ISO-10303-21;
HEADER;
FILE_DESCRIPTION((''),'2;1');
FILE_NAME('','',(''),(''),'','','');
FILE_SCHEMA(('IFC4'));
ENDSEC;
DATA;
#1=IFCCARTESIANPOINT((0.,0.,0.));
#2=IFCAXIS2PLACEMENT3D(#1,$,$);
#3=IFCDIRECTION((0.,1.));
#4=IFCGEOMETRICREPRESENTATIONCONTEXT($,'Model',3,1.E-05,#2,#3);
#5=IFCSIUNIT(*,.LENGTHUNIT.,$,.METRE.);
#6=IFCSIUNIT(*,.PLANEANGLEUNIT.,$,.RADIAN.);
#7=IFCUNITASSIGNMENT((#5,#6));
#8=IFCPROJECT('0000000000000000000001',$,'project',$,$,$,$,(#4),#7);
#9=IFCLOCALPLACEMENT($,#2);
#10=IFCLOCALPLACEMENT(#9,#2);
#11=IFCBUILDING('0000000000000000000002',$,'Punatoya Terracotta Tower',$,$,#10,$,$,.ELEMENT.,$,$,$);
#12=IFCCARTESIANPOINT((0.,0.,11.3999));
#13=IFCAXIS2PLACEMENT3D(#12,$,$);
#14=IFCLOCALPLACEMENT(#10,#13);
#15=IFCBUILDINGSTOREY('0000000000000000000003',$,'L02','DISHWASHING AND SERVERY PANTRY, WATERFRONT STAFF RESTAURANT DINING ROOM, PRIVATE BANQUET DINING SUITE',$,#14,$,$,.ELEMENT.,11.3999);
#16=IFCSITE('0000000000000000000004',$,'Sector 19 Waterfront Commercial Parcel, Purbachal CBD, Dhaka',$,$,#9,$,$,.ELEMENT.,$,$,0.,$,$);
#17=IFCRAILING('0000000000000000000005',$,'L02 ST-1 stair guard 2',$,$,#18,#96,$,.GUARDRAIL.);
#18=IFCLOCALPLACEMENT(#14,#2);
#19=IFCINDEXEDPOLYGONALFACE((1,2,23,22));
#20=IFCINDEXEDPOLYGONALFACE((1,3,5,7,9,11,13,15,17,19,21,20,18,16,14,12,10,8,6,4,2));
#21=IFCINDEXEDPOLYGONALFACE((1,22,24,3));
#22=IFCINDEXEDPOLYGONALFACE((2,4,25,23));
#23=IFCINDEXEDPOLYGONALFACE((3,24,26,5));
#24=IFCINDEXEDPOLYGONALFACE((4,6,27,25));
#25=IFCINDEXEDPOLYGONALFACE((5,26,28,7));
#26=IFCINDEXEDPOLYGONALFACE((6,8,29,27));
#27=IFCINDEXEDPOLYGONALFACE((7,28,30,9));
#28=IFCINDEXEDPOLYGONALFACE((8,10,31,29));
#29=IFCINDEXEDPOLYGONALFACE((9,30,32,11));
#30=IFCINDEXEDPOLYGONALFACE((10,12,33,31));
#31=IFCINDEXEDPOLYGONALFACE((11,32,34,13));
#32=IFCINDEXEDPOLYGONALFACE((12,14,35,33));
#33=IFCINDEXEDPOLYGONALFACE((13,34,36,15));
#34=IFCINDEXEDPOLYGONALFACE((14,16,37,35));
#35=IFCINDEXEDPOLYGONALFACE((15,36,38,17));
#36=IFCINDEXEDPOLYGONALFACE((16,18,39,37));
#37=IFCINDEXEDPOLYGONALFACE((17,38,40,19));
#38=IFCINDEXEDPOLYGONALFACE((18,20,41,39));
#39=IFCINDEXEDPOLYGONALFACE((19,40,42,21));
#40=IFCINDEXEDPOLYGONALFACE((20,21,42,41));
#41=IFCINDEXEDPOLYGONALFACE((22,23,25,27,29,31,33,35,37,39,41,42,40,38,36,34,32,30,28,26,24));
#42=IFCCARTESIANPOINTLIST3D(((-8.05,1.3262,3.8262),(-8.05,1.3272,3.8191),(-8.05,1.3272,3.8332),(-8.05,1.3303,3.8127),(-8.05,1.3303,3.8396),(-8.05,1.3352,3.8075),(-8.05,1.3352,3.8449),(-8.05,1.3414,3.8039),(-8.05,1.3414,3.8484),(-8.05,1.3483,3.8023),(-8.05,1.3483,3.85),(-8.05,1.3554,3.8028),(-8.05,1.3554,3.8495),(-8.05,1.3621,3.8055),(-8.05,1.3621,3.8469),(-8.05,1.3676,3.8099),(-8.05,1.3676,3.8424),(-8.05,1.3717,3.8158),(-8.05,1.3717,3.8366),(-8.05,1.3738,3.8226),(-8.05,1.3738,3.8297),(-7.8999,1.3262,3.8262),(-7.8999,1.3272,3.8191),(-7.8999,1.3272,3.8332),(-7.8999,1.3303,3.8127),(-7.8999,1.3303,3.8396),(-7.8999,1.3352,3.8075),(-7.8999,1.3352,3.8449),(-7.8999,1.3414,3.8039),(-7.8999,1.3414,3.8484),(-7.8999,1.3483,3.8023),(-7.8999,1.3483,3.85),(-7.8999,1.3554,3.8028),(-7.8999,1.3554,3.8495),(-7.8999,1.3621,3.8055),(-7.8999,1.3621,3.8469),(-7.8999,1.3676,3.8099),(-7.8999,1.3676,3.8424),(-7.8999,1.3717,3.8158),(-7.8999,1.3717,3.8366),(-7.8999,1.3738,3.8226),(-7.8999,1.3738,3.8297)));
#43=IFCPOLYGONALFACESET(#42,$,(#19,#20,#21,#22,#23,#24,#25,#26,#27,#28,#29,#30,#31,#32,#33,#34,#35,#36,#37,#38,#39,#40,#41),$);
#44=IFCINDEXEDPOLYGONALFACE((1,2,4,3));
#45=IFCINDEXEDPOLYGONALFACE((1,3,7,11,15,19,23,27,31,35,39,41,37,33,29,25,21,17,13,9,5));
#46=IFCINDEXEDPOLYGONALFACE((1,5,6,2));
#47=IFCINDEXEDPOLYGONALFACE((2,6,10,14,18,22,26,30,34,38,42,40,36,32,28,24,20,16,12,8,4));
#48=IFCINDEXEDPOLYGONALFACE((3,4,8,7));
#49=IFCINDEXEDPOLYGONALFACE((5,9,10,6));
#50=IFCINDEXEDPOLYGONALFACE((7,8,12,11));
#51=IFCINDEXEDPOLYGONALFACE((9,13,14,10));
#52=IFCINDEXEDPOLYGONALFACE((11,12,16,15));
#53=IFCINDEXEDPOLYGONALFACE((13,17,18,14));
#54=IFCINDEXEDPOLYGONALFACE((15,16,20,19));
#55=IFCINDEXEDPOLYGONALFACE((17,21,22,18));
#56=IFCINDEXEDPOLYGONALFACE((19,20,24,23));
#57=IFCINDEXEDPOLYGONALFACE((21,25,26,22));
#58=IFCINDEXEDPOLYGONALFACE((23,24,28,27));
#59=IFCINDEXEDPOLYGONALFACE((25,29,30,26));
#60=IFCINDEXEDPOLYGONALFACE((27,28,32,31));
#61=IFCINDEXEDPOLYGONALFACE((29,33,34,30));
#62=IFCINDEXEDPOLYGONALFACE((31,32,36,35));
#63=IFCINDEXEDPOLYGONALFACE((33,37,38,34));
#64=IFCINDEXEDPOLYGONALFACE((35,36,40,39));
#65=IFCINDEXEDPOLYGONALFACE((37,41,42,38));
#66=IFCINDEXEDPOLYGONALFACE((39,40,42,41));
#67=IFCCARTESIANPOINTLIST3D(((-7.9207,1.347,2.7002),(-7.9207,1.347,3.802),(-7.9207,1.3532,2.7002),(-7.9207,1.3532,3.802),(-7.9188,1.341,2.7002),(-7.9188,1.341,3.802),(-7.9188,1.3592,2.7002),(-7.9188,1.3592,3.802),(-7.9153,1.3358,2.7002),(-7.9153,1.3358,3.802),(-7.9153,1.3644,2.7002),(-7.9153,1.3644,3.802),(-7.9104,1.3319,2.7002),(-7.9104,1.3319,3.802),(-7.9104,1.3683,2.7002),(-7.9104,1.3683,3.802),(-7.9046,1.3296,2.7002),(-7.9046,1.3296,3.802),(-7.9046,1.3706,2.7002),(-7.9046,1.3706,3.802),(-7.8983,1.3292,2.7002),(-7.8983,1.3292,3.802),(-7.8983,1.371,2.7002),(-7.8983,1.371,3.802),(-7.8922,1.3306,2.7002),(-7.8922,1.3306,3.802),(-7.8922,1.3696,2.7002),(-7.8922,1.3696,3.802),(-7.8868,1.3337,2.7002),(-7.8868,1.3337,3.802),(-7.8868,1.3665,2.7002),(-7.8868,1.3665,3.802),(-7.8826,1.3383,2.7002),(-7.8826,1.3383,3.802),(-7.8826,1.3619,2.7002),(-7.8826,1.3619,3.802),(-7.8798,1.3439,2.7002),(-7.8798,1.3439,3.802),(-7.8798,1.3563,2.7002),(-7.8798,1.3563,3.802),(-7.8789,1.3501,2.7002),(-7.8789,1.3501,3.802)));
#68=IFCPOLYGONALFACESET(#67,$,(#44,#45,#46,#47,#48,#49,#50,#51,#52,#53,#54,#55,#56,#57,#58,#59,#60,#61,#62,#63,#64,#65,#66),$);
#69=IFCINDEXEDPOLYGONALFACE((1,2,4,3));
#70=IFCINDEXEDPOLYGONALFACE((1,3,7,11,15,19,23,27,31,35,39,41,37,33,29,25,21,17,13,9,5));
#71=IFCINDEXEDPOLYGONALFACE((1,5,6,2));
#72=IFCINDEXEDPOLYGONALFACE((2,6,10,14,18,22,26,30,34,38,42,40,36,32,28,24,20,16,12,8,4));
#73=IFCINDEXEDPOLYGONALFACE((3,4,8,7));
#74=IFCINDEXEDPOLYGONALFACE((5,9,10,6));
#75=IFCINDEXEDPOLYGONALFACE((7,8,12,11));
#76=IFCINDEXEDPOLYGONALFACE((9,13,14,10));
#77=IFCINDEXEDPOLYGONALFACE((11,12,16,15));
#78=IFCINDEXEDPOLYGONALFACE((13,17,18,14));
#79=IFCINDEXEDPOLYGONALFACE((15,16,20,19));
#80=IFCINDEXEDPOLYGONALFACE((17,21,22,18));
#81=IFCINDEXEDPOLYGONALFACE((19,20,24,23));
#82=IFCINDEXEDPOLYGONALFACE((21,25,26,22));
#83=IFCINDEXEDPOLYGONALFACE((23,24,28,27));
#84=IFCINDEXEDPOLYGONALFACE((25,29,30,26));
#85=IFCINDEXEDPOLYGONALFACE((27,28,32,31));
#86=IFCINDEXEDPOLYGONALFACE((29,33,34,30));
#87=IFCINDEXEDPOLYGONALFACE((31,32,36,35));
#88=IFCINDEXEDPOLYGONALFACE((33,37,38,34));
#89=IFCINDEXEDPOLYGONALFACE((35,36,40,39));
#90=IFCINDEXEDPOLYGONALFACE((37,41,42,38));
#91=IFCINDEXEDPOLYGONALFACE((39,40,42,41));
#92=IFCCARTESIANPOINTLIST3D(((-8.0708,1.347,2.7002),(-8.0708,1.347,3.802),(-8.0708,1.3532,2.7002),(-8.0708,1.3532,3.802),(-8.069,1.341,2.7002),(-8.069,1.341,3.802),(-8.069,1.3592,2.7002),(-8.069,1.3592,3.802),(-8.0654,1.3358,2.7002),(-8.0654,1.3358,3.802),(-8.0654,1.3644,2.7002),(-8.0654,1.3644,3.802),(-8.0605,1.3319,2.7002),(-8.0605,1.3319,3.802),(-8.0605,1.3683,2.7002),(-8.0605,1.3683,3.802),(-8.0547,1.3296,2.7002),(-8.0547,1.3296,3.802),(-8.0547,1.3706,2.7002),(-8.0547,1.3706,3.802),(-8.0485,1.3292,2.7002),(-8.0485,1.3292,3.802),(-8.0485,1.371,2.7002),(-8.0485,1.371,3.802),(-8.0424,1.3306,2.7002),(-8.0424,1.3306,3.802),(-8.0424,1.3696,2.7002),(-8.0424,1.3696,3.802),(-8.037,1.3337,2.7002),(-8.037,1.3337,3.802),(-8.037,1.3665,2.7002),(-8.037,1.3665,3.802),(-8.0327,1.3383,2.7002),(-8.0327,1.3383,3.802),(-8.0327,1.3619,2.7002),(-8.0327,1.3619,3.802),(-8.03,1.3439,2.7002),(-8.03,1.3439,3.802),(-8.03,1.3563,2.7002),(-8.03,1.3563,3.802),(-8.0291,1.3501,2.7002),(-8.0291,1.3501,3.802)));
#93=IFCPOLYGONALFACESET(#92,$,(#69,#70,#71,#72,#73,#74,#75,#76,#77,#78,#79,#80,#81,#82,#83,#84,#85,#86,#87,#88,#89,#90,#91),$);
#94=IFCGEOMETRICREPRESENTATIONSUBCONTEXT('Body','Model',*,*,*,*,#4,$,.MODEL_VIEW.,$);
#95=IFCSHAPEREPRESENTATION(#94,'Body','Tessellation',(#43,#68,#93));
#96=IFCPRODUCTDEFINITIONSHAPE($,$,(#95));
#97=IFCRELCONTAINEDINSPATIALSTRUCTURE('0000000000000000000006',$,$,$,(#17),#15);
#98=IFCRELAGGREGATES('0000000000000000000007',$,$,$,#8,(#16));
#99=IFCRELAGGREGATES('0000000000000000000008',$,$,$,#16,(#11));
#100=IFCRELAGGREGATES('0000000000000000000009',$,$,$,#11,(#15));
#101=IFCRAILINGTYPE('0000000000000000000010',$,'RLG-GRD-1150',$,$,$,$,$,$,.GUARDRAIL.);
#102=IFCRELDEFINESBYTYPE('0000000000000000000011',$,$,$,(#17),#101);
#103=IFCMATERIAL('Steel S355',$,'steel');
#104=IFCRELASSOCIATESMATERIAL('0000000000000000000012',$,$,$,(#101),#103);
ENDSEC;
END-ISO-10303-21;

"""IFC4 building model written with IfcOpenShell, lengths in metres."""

from ifc_helpers import new_model, si_unit, direction, frame, origin, origin_2d, place, context, subcontext, project, spatial, circle, extrude, material, type_object, element, save


model = new_model("IFC4")

# Units and contexts
model_context = context("Model", 3, precision=1e-05, world=origin(), true_north=direction((0.0, 1.0)))
body_context = subcontext(model_context, "Body", "Model", "MODEL_VIEW")
ifc_project = project(units=[si_unit("LENGTHUNIT", "METRE"), si_unit("PLANEANGLEUNIT", "RADIAN")], contexts=[model_context])

# Site, building, storey
site_placement = place(None, origin())
site = spatial("IfcSite", under=ifc_project, at=site_placement, Name="Sector 19 Waterfront Commercial Parcel, Purbachal CBD, Dhaka", CompositionType="ELEMENT", RefElevation=0.0)
building_placement = place(site_placement, origin())
building = spatial("IfcBuilding", under=site, at=building_placement, Name="Punatoya Terracotta Tower", CompositionType="ELEMENT")
storey_placement = place(building_placement, frame((0.0, 0.0, 11.3999)))
storey = spatial("IfcBuildingStorey", under=building, at=storey_placement, Name="L02", Description="DISHWASHING AND SERVERY PANTRY, WATERFRONT STAFF RESTAURANT DINING ROOM, PRIVATE BANQUET DINING SUITE", CompositionType="ELEMENT", Elevation=11.3999)

# Shared definitions
ifc_material_1 = material(Name="Steel S355", Category="steel")

# Railing
railing_type_1 = type_object("IfcRailingType", Name="RLG-GRD-1150", PredefinedType="GUARDRAIL", material=ifc_material_1)
railing_1_placement = place(storey_placement, frame((-7.8999, 1.3501, 2.7002)))
element("IfcRailing", 1, at=railing_1_placement, inside=storey, type_object=railing_type_1, Name="L02 ST-1 stair guard 2", PredefinedType="GUARDRAIL", context=body_context, shape_type="SweptSolid", body=[
    extrude(circle(Radius=0.0239, at=origin_2d()), frame((0.0, 0.0, 1.126), z_axis=(-1.0, 0.0, 0.0), x_axis=(0.0, -1.0, 0.0)), (0.0, 0.0, 1.0), 0.1501),
    extrude(circle(Radius=0.021, at=origin_2d()), origin(), (0.0, 0.0, 1.0), 1.1018),
    extrude(circle(Radius=0.021, at=origin_2d()), frame((-0.1501, 0.0, 0.0)), (0.0, 0.0, 1.0), 1.1018),
])

save(model, "model.ifc")
